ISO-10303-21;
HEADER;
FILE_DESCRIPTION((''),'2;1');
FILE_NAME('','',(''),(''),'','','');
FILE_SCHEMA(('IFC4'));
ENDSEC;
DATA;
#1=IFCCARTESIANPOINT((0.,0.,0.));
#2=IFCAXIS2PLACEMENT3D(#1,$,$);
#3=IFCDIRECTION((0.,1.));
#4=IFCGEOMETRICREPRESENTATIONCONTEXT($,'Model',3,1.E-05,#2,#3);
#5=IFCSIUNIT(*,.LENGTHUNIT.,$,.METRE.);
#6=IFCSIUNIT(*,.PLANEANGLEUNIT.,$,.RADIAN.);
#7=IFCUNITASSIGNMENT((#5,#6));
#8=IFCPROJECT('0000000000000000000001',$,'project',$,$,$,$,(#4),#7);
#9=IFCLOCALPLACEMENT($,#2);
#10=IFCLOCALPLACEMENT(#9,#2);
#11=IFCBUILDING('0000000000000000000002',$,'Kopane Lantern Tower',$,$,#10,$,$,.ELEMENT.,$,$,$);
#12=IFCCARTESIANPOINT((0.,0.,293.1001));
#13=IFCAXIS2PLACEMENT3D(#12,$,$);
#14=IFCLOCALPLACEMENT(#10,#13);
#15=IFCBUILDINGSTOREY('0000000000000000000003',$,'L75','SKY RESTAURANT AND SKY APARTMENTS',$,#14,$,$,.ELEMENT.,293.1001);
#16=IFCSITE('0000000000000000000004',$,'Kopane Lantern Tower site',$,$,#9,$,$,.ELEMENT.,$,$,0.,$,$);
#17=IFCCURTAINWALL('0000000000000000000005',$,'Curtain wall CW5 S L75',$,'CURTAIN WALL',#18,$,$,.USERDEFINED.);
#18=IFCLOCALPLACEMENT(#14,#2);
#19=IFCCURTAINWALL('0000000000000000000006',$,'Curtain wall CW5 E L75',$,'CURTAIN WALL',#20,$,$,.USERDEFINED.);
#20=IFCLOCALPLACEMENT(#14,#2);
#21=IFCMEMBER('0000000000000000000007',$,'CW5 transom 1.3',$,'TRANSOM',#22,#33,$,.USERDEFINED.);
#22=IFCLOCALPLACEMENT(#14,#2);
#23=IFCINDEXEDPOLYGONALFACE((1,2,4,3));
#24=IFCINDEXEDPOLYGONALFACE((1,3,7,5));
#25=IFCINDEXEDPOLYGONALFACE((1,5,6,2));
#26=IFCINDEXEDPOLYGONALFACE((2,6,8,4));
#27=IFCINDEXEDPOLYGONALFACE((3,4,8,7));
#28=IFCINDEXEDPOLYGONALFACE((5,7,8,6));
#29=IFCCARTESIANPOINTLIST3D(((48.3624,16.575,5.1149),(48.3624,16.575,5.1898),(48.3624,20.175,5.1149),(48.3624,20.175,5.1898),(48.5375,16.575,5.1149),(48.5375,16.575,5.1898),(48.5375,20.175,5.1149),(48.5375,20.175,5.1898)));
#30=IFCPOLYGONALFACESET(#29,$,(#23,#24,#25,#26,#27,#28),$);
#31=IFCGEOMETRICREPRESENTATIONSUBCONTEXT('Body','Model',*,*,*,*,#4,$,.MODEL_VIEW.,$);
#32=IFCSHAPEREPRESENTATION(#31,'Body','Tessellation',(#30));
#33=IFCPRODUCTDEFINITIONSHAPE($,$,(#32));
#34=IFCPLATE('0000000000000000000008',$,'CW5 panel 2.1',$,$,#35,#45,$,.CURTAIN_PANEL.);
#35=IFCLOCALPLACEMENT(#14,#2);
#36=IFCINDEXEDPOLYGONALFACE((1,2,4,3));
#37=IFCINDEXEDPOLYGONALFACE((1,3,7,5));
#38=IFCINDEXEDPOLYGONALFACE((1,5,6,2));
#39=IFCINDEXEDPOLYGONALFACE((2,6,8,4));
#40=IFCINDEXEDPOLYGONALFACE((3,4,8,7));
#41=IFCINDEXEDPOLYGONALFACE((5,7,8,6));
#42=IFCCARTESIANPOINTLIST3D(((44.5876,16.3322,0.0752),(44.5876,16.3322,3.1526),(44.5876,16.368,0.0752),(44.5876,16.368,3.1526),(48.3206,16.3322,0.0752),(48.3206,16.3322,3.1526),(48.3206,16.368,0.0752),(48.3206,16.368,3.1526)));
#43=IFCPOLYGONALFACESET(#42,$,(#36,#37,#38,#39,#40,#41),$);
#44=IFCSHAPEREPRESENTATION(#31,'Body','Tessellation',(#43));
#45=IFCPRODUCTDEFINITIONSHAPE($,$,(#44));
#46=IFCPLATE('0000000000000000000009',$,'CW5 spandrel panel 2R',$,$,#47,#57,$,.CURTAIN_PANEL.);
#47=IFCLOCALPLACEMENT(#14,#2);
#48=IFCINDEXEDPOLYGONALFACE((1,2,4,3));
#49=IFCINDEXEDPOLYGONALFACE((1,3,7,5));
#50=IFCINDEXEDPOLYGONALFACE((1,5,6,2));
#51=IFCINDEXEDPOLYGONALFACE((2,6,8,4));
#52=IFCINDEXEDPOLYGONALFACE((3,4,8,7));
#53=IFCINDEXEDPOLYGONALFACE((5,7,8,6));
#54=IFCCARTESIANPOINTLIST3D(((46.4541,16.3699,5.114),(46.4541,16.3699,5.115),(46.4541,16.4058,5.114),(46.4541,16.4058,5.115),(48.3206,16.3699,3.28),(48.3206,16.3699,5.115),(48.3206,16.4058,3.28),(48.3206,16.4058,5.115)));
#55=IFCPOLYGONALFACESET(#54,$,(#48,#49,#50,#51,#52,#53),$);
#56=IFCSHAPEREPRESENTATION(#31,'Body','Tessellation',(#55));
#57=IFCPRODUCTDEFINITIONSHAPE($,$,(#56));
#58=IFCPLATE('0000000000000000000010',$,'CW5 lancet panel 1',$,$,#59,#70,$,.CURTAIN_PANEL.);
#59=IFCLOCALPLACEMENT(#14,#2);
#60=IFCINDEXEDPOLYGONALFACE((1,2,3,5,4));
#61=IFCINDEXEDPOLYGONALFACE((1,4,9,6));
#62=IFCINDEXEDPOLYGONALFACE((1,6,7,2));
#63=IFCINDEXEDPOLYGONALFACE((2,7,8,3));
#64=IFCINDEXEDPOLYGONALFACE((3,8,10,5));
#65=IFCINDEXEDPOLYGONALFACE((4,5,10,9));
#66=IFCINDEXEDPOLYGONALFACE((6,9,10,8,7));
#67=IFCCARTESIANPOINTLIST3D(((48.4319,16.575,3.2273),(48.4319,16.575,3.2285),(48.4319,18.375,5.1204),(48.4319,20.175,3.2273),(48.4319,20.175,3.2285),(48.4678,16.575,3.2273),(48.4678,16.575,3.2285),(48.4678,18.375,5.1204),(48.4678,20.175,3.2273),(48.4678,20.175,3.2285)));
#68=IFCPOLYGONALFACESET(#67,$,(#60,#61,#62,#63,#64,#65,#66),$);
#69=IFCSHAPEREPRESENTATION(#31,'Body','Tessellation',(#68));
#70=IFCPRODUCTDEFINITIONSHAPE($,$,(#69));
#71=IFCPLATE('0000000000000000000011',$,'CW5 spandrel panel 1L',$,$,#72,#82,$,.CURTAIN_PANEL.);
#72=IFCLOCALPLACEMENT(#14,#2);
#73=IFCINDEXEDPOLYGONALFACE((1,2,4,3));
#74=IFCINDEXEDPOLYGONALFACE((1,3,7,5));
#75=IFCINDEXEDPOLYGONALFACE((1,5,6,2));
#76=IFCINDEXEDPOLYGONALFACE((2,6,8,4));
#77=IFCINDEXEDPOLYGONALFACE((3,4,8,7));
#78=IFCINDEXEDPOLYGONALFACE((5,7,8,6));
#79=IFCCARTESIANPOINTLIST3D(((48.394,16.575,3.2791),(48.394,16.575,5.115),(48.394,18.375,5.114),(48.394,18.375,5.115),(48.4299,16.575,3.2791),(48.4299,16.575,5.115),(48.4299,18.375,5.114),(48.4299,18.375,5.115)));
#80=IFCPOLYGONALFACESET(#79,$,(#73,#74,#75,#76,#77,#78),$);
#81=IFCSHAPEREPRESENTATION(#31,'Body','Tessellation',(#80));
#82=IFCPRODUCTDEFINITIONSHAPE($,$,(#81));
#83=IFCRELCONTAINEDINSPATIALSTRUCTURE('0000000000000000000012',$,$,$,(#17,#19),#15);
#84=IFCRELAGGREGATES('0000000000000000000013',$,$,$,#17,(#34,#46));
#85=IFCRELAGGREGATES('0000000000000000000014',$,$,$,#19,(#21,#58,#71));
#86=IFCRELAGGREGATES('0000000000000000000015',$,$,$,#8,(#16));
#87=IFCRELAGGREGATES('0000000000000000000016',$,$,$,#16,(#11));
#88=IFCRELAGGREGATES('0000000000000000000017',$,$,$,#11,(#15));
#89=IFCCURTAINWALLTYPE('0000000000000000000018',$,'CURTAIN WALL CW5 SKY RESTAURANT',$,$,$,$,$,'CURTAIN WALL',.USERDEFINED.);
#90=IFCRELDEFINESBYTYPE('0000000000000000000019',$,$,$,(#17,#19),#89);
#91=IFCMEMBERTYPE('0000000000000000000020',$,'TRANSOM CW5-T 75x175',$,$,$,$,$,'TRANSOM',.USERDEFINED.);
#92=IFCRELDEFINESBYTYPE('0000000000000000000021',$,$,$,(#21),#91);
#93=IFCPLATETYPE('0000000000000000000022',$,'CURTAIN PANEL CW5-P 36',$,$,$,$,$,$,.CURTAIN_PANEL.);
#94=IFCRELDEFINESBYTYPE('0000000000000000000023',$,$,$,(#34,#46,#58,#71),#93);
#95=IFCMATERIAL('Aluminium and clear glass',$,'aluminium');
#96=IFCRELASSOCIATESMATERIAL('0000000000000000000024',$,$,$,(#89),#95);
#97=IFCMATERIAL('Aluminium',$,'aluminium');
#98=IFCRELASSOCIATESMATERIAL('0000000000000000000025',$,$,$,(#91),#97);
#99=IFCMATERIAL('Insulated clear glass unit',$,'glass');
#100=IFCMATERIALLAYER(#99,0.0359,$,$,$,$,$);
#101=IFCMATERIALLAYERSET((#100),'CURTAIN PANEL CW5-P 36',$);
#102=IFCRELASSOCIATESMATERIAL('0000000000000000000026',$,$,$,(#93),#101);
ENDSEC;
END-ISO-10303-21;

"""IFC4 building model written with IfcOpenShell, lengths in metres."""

from ifc_helpers import new_model, si_unit, direction, frame, origin, origin_2d, place, context, subcontext, project, spatial, polyline, rectangle, outline, extrude, material, layer, layer_set, material_profile, profile_set, type_object, element, aggregate, save


model = new_model("IFC4")

# Units and contexts
model_context = context("Model", 3, precision=1e-05, world=origin(), true_north=direction((0.0, 1.0)))
body_context = subcontext(model_context, "Body", "Model", "MODEL_VIEW")
ifc_project = project(units=[si_unit("LENGTHUNIT", "METRE"), si_unit("PLANEANGLEUNIT", "RADIAN")], contexts=[model_context])

# Site, building, storey
site_placement = place(None, origin())
site = spatial("IfcSite", under=ifc_project, at=site_placement, Name="Kopane Lantern Tower site", CompositionType="ELEMENT", RefElevation=0.0)
building_placement = place(site_placement, origin())
building = spatial("IfcBuilding", under=site, at=building_placement, Name="Kopane Lantern Tower", CompositionType="ELEMENT")
storey_placement = place(building_placement, frame((0.0, 0.0, 293.1001)))
storey = spatial("IfcBuildingStorey", under=building, at=storey_placement, Name="L75", Description="SKY RESTAURANT AND SKY APARTMENTS", CompositionType="ELEMENT", Elevation=293.1001)

# Curtain walls, member
ifc_material_1 = material(Name="Aluminium and clear glass", Category="aluminium")
curtain_wall_type = type_object("IfcCurtainWallType", Name="CURTAIN WALL CW5 SKY RESTAURANT", ElementType="CURTAIN WALL", PredefinedType="USERDEFINED", material=ifc_material_1)
curtain_wall_1_placement = place(storey_placement, origin())
curtain_wall_1 = element("IfcCurtainWall", 1, at=curtain_wall_1_placement, inside=storey, type_object=curtain_wall_type, Name="Curtain wall CW5 S L75", ObjectType="CURTAIN WALL", PredefinedType="USERDEFINED")
curtain_wall_2_placement = place(storey_placement, origin())
curtain_wall_2 = element("IfcCurtainWall", 2, at=curtain_wall_2_placement, inside=storey, type_object=curtain_wall_type, Name="Curtain wall CW5 E L75", ObjectType="CURTAIN WALL", PredefinedType="USERDEFINED")
ifc_material_2 = material(Name="Aluminium", Category="aluminium")
ifc_material_profile_1 = material_profile(ifc_material_2, rectangle(XDim=0.175, YDim=0.075, at=origin_2d()), Name="AL 175x75")
ifc_profile_set_1 = profile_set([ifc_material_profile_1], Name="Aluminium")
member_type_1 = type_object("IfcMemberType", Name="TRANSOM CW5-T 75x175", ElementType="TRANSOM", PredefinedType="USERDEFINED", material=ifc_profile_set_1)
member_1_placement = place(storey_placement, frame((48.45, 16.575, 5.1523), z_axis=(0.0, 1.0, 0.0), x_axis=(-1.0, 0.0, 0.0)))
member_1 = element("IfcMember", 3, at=member_1_placement, type_object=member_type_1, Name="CW5 transom 1.3", ObjectType="TRANSOM", PredefinedType="USERDEFINED", context=body_context, shape_type="SweptSolid", body=[
    extrude(rectangle(XDim=0.175, YDim=0.075, at=origin_2d()), origin(), (0.0, 0.0, 1.0), 3.6001),
])

# Plates
ifc_material_3 = material(Name="Insulated clear glass unit", Category="glass")
ifc_layer = layer(ifc_material_3, 0.0359)
ifc_layer_set = layer_set([ifc_layer], Name="CURTAIN PANEL CW5-P 36")
plate_type = type_object("IfcPlateType", Name="CURTAIN PANEL CW5-P 36", PredefinedType="CURTAIN_PANEL", material=ifc_layer_set)
plate_1_placement = place(storey_placement, frame((46.4541, 16.3501, 0.0752), z_axis=(0.0, 0.0, 1.0), x_axis=(1.0, 0.0, 0.0)))
plate_1 = element("IfcPlate", 4, at=plate_1_placement, type_object=plate_type, Name="CW5 panel 2.1", PredefinedType="CURTAIN_PANEL", context=body_context, shape_type="SweptSolid", body=[
    extrude(rectangle(XDim=3.7329, YDim=0.0359, at=origin_2d()), origin(), (0.0, 0.0, 1.0), 3.0774),
])
plate_2_placement = place(storey_placement, frame((48.3206, 16.3879, 5.115), z_axis=(0.0, 0.0, 1.0), x_axis=(-1.0, 0.0, 0.0)))
plate_2 = element("IfcPlate", 5, at=plate_2_placement, type_object=plate_type, Name="CW5 spandrel panel 2R", PredefinedType="CURTAIN_PANEL", context=body_context, shape_type="SweptSolid", body=[
    extrude(outline(polyline([(0.0, 0.0), (1.8665, 0.0), (1.8665, -0.001), (0.0, -1.835), (0.0, 0.0)])), frame((0.0, 0.0181, 0.0), z_axis=(0.0, -1.0, 0.0), x_axis=(1.0, 0.0, 0.0)), (0.0, 0.0, 1.0), 0.0359),
])
aggregate(curtain_wall_1, [plate_1, plate_2])
plate_3_placement = place(storey_placement, frame((48.45, 16.575, 3.2273), z_axis=(0.0, 0.0, 1.0), x_axis=(0.0, 1.0, 0.0)))
plate_3 = element("IfcPlate", 6, at=plate_3_placement, type_object=plate_type, Name="CW5 lancet panel 1", PredefinedType="CURTAIN_PANEL", context=body_context, shape_type="SweptSolid", body=[
    extrude(outline(polyline([(0.0, 0.0), (3.6001, 0.0), (3.6001, 0.0012), (1.8, 1.8931), (0.0, 0.0012), (0.0, 0.0)])), frame((0.0, 0.0181, 0.0), z_axis=(0.0, -1.0, 0.0), x_axis=(1.0, 0.0, 0.0)), (0.0, 0.0, 1.0), 0.0359),
])
plate_4_placement = place(storey_placement, frame((48.4121, 16.575, 5.115), z_axis=(0.0, 0.0, 1.0), x_axis=(0.0, 1.0, 0.0)))
plate_4 = element("IfcPlate", 7, at=plate_4_placement, type_object=plate_type, Name="CW5 spandrel panel 1L", PredefinedType="CURTAIN_PANEL", context=body_context, shape_type="SweptSolid", body=[
    extrude(outline(polyline([(0.0, 0.0), (1.8, 0.0), (1.8, -0.001), (0.0, -1.8359), (0.0, 0.0)])), frame((0.0, 0.0181, 0.0), z_axis=(0.0, -1.0, 0.0), x_axis=(1.0, 0.0, 0.0)), (0.0, 0.0, 1.0), 0.0359),
])
aggregate(curtain_wall_2, [member_1, plate_3, plate_4])

save(model, "model.ifc")
